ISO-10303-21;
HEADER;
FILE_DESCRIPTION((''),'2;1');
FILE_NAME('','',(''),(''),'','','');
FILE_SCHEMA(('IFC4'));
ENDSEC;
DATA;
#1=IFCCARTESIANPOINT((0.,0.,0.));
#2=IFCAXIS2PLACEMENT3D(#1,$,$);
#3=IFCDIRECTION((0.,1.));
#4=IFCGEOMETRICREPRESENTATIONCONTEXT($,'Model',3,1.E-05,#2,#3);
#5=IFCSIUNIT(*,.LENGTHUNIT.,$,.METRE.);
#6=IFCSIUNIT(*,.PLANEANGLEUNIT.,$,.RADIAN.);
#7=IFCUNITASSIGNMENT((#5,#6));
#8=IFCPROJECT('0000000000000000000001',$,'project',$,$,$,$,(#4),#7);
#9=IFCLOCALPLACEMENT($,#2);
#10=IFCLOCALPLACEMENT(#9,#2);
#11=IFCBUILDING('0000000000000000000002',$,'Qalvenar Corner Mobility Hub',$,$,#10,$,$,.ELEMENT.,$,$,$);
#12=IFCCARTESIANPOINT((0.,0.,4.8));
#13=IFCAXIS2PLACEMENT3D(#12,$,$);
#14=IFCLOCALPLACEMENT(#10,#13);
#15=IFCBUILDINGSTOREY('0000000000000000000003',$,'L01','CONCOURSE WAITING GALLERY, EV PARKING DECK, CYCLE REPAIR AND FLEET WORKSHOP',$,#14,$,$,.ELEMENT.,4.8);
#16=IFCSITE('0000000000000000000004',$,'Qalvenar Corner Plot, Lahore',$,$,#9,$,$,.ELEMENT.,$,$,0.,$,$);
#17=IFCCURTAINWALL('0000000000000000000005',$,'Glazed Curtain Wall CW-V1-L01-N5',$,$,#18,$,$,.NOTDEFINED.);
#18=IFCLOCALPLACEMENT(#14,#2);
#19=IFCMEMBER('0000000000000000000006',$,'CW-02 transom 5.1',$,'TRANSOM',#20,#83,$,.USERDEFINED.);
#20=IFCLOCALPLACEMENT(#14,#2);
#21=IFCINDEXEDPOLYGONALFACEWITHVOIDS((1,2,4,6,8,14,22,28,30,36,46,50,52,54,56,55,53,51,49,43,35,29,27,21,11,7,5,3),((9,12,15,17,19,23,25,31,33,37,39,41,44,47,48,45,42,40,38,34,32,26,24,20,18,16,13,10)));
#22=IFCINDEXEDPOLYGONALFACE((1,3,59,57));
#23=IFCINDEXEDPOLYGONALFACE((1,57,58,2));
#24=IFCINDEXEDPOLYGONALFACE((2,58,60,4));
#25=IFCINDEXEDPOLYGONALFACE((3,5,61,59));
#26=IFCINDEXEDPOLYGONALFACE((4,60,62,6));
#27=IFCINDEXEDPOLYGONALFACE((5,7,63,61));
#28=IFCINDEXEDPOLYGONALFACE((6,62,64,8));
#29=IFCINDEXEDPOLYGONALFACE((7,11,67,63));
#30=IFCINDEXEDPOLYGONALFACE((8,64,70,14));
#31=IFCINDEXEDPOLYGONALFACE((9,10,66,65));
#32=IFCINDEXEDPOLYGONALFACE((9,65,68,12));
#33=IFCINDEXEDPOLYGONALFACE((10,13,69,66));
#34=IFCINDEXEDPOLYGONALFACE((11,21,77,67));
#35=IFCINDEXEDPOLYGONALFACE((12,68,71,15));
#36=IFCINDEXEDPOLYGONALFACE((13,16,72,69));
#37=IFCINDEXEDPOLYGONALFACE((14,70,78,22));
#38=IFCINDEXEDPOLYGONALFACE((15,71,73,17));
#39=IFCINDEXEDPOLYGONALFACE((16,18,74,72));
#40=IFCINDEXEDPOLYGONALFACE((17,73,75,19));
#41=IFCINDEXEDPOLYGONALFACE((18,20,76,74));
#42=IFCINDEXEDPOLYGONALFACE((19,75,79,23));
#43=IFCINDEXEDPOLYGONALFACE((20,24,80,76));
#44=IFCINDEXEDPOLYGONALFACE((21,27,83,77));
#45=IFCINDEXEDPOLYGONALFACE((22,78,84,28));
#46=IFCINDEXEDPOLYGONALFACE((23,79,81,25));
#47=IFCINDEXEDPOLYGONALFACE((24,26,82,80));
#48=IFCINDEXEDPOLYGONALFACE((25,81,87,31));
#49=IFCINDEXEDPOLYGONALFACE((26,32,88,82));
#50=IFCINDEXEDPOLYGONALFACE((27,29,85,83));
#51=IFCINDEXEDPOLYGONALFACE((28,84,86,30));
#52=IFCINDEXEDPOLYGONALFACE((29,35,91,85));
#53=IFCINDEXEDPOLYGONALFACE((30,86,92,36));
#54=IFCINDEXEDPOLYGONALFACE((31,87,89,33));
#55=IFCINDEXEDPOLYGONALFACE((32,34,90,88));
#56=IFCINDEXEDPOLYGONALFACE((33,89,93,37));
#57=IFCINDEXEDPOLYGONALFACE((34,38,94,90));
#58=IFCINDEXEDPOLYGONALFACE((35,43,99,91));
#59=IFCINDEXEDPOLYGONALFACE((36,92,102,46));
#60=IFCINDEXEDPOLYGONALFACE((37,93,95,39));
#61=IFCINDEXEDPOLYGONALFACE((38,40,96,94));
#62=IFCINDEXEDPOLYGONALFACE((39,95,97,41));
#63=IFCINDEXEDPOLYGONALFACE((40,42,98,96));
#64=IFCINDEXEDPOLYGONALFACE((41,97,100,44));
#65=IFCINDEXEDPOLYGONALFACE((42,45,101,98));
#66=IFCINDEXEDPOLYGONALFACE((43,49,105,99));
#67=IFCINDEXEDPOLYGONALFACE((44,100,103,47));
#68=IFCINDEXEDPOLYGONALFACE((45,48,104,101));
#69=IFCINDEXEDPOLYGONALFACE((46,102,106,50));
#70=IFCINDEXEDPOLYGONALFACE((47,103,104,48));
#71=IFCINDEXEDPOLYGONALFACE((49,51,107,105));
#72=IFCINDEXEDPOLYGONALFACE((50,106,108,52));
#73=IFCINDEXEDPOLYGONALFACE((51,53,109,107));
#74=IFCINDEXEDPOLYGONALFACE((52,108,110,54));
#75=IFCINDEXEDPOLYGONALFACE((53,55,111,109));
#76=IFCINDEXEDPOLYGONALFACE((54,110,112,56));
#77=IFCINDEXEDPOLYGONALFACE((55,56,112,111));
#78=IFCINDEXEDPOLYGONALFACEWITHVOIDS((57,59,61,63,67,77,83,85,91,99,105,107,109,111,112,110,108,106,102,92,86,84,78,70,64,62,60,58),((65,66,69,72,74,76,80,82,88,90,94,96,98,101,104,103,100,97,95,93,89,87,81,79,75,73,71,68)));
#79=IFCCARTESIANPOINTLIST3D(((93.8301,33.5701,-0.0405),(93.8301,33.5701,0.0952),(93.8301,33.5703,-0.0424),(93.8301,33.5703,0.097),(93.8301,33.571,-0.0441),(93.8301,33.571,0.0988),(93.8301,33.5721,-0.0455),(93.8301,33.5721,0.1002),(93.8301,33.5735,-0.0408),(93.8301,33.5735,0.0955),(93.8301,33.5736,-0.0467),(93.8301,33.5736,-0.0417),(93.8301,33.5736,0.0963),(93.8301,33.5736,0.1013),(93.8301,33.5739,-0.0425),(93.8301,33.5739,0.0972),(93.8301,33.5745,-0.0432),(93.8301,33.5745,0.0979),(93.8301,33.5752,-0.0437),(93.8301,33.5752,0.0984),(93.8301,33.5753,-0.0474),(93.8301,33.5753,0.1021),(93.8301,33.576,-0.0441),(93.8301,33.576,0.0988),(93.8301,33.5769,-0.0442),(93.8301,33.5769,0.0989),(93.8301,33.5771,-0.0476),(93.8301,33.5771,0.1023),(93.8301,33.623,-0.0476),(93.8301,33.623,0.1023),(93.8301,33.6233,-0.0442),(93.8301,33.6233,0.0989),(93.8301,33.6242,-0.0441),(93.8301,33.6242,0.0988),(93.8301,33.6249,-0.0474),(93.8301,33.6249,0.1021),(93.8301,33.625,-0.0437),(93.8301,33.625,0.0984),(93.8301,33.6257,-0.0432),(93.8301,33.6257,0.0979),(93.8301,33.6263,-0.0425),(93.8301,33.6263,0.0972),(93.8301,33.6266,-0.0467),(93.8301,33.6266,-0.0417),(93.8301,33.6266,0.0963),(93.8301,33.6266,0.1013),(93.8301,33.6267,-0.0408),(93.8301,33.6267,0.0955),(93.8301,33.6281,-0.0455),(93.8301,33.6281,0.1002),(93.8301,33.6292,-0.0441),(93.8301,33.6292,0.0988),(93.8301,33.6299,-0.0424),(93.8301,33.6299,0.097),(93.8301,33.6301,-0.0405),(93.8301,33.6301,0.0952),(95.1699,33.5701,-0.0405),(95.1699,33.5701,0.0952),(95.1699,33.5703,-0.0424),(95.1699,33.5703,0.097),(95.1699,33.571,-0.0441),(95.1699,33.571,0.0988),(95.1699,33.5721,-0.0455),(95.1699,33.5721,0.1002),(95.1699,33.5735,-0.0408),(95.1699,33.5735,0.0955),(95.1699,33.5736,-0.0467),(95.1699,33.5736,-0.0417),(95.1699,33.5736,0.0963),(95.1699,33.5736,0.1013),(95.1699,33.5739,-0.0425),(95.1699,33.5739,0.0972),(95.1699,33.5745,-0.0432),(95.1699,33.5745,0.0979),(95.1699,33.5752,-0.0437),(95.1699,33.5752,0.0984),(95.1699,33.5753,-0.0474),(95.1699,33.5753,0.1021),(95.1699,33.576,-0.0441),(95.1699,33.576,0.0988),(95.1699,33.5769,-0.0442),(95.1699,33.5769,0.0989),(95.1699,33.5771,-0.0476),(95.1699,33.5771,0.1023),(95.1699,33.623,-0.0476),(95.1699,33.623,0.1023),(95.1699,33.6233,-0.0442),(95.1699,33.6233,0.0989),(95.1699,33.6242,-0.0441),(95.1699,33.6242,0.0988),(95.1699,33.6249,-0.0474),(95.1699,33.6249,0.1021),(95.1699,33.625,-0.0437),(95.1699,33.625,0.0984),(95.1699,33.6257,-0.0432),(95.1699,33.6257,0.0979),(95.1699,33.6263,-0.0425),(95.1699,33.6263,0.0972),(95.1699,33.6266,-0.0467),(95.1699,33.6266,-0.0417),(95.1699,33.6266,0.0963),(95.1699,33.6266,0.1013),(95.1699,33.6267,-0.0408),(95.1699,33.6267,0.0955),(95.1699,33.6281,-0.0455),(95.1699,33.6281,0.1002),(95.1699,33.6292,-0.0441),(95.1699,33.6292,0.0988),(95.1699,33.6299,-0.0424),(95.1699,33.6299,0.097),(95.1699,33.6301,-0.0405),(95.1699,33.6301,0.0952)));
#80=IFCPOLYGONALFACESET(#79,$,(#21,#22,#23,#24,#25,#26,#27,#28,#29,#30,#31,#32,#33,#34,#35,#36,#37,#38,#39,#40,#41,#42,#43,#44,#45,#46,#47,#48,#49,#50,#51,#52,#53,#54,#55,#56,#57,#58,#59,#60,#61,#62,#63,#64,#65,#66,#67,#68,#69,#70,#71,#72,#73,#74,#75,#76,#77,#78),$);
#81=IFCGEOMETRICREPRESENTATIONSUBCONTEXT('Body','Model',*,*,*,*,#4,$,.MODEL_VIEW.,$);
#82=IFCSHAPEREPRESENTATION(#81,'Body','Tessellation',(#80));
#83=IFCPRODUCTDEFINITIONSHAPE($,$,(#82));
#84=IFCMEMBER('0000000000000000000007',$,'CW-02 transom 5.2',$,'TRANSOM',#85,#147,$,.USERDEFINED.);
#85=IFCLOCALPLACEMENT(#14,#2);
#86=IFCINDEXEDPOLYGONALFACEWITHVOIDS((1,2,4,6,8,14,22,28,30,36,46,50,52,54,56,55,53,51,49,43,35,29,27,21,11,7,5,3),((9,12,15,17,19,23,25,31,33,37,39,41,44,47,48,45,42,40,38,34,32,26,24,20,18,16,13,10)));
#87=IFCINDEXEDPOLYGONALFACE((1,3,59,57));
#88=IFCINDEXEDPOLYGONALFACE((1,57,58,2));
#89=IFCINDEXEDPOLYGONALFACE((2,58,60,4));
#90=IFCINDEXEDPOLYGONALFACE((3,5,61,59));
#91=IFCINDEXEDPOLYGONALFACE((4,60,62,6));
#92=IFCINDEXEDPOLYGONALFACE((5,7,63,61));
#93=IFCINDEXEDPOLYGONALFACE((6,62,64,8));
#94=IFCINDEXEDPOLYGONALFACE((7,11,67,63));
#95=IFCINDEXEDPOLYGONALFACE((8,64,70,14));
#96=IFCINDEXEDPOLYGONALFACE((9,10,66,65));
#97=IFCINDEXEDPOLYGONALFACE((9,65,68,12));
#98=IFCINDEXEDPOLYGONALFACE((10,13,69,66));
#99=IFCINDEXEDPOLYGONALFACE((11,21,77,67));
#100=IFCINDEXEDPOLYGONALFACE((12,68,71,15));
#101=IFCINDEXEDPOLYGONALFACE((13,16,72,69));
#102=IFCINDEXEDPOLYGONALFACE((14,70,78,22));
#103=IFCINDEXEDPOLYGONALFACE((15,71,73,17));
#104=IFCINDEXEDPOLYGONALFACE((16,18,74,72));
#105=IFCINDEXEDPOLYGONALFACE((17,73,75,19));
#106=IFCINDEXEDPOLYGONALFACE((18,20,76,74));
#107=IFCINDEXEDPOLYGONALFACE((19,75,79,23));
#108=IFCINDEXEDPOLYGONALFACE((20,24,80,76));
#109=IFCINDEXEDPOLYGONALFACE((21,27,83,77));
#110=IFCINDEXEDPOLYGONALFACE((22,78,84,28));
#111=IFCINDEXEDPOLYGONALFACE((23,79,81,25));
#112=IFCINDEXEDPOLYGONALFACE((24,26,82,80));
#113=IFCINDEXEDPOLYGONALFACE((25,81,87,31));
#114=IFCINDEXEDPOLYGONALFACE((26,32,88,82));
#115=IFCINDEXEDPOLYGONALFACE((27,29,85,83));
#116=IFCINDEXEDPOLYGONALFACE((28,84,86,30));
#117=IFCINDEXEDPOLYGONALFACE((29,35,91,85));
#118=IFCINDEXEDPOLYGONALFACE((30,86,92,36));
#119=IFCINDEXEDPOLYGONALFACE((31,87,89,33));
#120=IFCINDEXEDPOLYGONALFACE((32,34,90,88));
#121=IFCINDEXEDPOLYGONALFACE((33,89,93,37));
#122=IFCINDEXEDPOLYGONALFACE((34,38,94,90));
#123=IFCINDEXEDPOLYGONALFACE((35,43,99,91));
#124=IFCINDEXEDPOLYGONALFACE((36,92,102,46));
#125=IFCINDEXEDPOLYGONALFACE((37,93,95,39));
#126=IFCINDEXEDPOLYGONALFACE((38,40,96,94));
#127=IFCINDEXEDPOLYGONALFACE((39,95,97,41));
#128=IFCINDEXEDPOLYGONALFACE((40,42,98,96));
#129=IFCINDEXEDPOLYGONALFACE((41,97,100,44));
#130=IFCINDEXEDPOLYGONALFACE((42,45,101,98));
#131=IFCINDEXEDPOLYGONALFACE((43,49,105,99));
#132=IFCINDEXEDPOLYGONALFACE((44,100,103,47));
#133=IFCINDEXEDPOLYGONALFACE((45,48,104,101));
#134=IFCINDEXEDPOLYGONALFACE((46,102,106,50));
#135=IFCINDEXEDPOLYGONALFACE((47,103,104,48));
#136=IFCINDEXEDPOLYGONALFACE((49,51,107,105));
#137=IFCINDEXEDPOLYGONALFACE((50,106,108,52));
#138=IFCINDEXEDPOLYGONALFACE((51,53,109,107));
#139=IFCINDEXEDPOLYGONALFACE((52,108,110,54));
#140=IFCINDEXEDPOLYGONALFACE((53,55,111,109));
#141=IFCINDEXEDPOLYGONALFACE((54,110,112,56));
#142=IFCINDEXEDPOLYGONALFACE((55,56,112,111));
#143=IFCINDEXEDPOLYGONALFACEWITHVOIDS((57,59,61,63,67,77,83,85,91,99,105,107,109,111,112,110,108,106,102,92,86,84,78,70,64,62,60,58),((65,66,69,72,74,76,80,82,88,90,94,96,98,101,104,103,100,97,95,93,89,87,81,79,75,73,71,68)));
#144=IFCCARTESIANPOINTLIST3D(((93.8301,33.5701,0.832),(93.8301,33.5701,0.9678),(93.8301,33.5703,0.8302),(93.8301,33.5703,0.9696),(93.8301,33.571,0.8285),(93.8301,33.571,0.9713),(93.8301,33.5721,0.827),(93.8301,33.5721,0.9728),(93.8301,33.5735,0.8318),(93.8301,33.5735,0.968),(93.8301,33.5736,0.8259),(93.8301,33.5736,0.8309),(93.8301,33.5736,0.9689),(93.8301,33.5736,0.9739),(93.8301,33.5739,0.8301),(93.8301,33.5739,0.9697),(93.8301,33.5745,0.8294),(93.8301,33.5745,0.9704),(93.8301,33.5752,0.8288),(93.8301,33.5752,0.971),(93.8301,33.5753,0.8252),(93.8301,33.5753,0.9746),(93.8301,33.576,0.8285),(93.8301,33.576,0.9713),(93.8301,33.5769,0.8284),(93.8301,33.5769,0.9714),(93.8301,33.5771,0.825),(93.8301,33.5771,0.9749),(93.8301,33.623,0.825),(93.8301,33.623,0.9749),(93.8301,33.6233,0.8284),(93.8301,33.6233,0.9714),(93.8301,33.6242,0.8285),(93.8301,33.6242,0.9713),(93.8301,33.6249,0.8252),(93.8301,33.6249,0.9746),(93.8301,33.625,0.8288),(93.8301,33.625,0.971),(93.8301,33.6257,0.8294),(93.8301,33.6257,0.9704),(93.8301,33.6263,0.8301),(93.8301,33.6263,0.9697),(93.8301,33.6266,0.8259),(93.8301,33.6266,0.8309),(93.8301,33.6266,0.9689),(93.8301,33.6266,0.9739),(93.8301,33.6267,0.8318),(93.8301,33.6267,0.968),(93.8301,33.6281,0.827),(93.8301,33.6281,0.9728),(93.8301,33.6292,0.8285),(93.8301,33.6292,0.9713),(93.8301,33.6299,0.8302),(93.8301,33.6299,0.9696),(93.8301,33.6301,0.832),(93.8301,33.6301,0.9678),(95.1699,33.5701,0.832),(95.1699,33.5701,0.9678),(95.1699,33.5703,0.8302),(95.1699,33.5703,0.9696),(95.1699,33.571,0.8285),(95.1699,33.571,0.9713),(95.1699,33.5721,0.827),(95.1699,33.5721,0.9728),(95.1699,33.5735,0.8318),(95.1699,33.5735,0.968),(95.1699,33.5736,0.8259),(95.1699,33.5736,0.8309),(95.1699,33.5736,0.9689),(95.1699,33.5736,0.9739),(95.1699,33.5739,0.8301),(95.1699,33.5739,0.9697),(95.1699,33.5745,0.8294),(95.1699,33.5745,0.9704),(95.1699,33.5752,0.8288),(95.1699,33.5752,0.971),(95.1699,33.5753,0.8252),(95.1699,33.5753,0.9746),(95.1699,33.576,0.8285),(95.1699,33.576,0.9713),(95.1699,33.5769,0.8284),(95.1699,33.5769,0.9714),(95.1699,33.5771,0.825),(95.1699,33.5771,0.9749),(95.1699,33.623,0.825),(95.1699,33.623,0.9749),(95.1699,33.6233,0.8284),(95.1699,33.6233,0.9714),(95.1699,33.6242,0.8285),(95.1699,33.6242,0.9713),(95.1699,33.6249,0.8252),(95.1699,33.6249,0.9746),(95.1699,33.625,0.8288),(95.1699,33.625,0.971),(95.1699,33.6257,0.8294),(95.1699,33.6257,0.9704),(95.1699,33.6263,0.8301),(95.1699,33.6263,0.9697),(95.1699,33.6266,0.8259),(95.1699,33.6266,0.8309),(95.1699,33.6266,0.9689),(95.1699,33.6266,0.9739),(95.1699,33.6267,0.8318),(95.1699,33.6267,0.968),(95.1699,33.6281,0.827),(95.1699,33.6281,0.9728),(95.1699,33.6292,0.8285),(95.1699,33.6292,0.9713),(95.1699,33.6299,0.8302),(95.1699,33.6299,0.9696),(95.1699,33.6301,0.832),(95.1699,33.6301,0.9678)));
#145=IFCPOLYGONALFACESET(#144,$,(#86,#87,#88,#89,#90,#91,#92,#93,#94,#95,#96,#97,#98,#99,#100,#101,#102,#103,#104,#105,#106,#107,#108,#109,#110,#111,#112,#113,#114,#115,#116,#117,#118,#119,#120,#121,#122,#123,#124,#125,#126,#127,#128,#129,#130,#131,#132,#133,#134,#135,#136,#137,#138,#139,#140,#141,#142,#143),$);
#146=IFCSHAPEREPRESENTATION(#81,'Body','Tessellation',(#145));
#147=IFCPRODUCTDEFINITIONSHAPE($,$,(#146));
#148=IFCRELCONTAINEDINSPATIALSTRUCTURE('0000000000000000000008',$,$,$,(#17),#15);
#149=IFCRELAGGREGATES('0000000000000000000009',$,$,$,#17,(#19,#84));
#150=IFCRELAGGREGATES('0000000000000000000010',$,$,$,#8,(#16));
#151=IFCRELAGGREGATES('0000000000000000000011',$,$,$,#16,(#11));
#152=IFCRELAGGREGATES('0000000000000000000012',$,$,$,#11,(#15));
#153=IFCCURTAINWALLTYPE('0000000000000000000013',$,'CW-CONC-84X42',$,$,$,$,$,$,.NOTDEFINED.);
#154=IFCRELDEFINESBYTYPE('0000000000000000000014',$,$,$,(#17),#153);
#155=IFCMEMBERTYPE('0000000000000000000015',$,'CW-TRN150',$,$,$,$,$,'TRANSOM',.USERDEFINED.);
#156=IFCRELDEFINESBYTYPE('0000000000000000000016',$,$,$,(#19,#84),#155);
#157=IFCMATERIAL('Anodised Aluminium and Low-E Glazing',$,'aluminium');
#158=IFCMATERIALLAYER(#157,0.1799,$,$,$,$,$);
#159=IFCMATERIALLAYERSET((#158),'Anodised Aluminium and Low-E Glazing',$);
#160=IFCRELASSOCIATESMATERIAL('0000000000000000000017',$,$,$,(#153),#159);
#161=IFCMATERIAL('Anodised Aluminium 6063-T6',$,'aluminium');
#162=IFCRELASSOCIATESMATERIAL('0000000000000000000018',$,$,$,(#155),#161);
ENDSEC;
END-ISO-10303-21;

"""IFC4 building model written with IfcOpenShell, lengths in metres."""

from ifc_helpers import new_model, si_unit, direction, frame, origin, origin_2d, place, context, subcontext, project, spatial, hollow_rectangle, extrude, material, layer, layer_set, material_profile, profile_set, type_object, element, aggregate, save


model = new_model("IFC4")

# Units and contexts
model_context = context("Model", 3, precision=1e-05, world=origin(), true_north=direction((0.0, 1.0)))
body_context = subcontext(model_context, "Body", "Model", "MODEL_VIEW")
ifc_project = project(units=[si_unit("LENGTHUNIT", "METRE"), si_unit("PLANEANGLEUNIT", "RADIAN")], contexts=[model_context])

# Site, building, storey
site_placement = place(None, origin())
site = spatial("IfcSite", under=ifc_project, at=site_placement, Name="Qalvenar Corner Plot, Lahore", CompositionType="ELEMENT", RefElevation=0.0)
building_placement = place(site_placement, origin())
building = spatial("IfcBuilding", under=site, at=building_placement, Name="Qalvenar Corner Mobility Hub", CompositionType="ELEMENT")
storey_placement = place(building_placement, frame((0.0, 0.0, 4.8)))
storey = spatial("IfcBuildingStorey", under=building, at=storey_placement, Name="L01", Description="CONCOURSE WAITING GALLERY, EV PARKING DECK, CYCLE REPAIR AND FLEET WORKSHOP", CompositionType="ELEMENT", Elevation=4.8)

# Shared definitions
ifc_material_1 = material(Name="Anodised Aluminium and Low-E Glazing", Category="aluminium")
ifc_layer_1 = layer(ifc_material_1, 0.1799)
ifc_layer_set_1 = layer_set([ifc_layer_1], Name="Anodised Aluminium and Low-E Glazing")
curtain_wall_type = type_object("IfcCurtainWallType", Name="CW-CONC-84X42", PredefinedType="NOTDEFINED", material=ifc_layer_set_1)
ifc_material_2 = material(Name="Anodised Aluminium 6063-T6", Category="aluminium")

# Curtain wall, members
curtain_wall_1_placement = place(storey_placement, origin())
curtain_wall_1 = element("IfcCurtainWall", 1, at=curtain_wall_1_placement, inside=storey, type_object=curtain_wall_type, Name="Glazed Curtain Wall CW-V1-L01-N5", PredefinedType="NOTDEFINED")
ifc_material_profile_1 = material_profile(ifc_material_2, hollow_rectangle(XDim=0.0601, YDim=0.1499, WallThickness=0.0034, InnerFilletRadius=0.0034, OuterFilletRadius=0.0071, at=origin_2d()), Name="RHS150x60x3.5")
ifc_profile_set_1 = profile_set([ifc_material_profile_1], Name="Anodised Aluminium 6063-T6")
member_type_1 = type_object("IfcMemberType", Name="CW-TRN150", ElementType="TRANSOM", PredefinedType="USERDEFINED", material=ifc_profile_set_1)
member_1_placement = place(storey_placement, frame((95.1699, 33.6001, 0.0273), z_axis=(-1.0, 0.0, 0.0), x_axis=(0.0, -1.0, 0.0)))
member_1 = element("IfcMember", 2, at=member_1_placement, type_object=member_type_1, Name="CW-02 transom 5.1", ObjectType="TRANSOM", PredefinedType="USERDEFINED", context=body_context, shape_type="SweptSolid", body=[
    extrude(hollow_rectangle(XDim=0.0601, YDim=0.1499, WallThickness=0.0034, InnerFilletRadius=0.0034, OuterFilletRadius=0.0071, at=origin_2d()), origin(), (0.0, 0.0, 1.0), 1.3398),
])
member_2_placement = place(storey_placement, frame((95.1699, 33.6001, 0.8999), z_axis=(-1.0, 0.0, 0.0), x_axis=(0.0, -1.0, 0.0)))
member_2 = element("IfcMember", 3, at=member_2_placement, type_object=member_type_1, Name="CW-02 transom 5.2", ObjectType="TRANSOM", PredefinedType="USERDEFINED", context=body_context, shape_type="SweptSolid", body=[
    extrude(hollow_rectangle(XDim=0.0601, YDim=0.1499, WallThickness=0.0034, InnerFilletRadius=0.0034, OuterFilletRadius=0.0071, at=origin_2d()), origin(), (0.0, 0.0, 1.0), 1.3398),
])
aggregate(curtain_wall_1, [member_1, member_2])

save(model, "model.ifc")
